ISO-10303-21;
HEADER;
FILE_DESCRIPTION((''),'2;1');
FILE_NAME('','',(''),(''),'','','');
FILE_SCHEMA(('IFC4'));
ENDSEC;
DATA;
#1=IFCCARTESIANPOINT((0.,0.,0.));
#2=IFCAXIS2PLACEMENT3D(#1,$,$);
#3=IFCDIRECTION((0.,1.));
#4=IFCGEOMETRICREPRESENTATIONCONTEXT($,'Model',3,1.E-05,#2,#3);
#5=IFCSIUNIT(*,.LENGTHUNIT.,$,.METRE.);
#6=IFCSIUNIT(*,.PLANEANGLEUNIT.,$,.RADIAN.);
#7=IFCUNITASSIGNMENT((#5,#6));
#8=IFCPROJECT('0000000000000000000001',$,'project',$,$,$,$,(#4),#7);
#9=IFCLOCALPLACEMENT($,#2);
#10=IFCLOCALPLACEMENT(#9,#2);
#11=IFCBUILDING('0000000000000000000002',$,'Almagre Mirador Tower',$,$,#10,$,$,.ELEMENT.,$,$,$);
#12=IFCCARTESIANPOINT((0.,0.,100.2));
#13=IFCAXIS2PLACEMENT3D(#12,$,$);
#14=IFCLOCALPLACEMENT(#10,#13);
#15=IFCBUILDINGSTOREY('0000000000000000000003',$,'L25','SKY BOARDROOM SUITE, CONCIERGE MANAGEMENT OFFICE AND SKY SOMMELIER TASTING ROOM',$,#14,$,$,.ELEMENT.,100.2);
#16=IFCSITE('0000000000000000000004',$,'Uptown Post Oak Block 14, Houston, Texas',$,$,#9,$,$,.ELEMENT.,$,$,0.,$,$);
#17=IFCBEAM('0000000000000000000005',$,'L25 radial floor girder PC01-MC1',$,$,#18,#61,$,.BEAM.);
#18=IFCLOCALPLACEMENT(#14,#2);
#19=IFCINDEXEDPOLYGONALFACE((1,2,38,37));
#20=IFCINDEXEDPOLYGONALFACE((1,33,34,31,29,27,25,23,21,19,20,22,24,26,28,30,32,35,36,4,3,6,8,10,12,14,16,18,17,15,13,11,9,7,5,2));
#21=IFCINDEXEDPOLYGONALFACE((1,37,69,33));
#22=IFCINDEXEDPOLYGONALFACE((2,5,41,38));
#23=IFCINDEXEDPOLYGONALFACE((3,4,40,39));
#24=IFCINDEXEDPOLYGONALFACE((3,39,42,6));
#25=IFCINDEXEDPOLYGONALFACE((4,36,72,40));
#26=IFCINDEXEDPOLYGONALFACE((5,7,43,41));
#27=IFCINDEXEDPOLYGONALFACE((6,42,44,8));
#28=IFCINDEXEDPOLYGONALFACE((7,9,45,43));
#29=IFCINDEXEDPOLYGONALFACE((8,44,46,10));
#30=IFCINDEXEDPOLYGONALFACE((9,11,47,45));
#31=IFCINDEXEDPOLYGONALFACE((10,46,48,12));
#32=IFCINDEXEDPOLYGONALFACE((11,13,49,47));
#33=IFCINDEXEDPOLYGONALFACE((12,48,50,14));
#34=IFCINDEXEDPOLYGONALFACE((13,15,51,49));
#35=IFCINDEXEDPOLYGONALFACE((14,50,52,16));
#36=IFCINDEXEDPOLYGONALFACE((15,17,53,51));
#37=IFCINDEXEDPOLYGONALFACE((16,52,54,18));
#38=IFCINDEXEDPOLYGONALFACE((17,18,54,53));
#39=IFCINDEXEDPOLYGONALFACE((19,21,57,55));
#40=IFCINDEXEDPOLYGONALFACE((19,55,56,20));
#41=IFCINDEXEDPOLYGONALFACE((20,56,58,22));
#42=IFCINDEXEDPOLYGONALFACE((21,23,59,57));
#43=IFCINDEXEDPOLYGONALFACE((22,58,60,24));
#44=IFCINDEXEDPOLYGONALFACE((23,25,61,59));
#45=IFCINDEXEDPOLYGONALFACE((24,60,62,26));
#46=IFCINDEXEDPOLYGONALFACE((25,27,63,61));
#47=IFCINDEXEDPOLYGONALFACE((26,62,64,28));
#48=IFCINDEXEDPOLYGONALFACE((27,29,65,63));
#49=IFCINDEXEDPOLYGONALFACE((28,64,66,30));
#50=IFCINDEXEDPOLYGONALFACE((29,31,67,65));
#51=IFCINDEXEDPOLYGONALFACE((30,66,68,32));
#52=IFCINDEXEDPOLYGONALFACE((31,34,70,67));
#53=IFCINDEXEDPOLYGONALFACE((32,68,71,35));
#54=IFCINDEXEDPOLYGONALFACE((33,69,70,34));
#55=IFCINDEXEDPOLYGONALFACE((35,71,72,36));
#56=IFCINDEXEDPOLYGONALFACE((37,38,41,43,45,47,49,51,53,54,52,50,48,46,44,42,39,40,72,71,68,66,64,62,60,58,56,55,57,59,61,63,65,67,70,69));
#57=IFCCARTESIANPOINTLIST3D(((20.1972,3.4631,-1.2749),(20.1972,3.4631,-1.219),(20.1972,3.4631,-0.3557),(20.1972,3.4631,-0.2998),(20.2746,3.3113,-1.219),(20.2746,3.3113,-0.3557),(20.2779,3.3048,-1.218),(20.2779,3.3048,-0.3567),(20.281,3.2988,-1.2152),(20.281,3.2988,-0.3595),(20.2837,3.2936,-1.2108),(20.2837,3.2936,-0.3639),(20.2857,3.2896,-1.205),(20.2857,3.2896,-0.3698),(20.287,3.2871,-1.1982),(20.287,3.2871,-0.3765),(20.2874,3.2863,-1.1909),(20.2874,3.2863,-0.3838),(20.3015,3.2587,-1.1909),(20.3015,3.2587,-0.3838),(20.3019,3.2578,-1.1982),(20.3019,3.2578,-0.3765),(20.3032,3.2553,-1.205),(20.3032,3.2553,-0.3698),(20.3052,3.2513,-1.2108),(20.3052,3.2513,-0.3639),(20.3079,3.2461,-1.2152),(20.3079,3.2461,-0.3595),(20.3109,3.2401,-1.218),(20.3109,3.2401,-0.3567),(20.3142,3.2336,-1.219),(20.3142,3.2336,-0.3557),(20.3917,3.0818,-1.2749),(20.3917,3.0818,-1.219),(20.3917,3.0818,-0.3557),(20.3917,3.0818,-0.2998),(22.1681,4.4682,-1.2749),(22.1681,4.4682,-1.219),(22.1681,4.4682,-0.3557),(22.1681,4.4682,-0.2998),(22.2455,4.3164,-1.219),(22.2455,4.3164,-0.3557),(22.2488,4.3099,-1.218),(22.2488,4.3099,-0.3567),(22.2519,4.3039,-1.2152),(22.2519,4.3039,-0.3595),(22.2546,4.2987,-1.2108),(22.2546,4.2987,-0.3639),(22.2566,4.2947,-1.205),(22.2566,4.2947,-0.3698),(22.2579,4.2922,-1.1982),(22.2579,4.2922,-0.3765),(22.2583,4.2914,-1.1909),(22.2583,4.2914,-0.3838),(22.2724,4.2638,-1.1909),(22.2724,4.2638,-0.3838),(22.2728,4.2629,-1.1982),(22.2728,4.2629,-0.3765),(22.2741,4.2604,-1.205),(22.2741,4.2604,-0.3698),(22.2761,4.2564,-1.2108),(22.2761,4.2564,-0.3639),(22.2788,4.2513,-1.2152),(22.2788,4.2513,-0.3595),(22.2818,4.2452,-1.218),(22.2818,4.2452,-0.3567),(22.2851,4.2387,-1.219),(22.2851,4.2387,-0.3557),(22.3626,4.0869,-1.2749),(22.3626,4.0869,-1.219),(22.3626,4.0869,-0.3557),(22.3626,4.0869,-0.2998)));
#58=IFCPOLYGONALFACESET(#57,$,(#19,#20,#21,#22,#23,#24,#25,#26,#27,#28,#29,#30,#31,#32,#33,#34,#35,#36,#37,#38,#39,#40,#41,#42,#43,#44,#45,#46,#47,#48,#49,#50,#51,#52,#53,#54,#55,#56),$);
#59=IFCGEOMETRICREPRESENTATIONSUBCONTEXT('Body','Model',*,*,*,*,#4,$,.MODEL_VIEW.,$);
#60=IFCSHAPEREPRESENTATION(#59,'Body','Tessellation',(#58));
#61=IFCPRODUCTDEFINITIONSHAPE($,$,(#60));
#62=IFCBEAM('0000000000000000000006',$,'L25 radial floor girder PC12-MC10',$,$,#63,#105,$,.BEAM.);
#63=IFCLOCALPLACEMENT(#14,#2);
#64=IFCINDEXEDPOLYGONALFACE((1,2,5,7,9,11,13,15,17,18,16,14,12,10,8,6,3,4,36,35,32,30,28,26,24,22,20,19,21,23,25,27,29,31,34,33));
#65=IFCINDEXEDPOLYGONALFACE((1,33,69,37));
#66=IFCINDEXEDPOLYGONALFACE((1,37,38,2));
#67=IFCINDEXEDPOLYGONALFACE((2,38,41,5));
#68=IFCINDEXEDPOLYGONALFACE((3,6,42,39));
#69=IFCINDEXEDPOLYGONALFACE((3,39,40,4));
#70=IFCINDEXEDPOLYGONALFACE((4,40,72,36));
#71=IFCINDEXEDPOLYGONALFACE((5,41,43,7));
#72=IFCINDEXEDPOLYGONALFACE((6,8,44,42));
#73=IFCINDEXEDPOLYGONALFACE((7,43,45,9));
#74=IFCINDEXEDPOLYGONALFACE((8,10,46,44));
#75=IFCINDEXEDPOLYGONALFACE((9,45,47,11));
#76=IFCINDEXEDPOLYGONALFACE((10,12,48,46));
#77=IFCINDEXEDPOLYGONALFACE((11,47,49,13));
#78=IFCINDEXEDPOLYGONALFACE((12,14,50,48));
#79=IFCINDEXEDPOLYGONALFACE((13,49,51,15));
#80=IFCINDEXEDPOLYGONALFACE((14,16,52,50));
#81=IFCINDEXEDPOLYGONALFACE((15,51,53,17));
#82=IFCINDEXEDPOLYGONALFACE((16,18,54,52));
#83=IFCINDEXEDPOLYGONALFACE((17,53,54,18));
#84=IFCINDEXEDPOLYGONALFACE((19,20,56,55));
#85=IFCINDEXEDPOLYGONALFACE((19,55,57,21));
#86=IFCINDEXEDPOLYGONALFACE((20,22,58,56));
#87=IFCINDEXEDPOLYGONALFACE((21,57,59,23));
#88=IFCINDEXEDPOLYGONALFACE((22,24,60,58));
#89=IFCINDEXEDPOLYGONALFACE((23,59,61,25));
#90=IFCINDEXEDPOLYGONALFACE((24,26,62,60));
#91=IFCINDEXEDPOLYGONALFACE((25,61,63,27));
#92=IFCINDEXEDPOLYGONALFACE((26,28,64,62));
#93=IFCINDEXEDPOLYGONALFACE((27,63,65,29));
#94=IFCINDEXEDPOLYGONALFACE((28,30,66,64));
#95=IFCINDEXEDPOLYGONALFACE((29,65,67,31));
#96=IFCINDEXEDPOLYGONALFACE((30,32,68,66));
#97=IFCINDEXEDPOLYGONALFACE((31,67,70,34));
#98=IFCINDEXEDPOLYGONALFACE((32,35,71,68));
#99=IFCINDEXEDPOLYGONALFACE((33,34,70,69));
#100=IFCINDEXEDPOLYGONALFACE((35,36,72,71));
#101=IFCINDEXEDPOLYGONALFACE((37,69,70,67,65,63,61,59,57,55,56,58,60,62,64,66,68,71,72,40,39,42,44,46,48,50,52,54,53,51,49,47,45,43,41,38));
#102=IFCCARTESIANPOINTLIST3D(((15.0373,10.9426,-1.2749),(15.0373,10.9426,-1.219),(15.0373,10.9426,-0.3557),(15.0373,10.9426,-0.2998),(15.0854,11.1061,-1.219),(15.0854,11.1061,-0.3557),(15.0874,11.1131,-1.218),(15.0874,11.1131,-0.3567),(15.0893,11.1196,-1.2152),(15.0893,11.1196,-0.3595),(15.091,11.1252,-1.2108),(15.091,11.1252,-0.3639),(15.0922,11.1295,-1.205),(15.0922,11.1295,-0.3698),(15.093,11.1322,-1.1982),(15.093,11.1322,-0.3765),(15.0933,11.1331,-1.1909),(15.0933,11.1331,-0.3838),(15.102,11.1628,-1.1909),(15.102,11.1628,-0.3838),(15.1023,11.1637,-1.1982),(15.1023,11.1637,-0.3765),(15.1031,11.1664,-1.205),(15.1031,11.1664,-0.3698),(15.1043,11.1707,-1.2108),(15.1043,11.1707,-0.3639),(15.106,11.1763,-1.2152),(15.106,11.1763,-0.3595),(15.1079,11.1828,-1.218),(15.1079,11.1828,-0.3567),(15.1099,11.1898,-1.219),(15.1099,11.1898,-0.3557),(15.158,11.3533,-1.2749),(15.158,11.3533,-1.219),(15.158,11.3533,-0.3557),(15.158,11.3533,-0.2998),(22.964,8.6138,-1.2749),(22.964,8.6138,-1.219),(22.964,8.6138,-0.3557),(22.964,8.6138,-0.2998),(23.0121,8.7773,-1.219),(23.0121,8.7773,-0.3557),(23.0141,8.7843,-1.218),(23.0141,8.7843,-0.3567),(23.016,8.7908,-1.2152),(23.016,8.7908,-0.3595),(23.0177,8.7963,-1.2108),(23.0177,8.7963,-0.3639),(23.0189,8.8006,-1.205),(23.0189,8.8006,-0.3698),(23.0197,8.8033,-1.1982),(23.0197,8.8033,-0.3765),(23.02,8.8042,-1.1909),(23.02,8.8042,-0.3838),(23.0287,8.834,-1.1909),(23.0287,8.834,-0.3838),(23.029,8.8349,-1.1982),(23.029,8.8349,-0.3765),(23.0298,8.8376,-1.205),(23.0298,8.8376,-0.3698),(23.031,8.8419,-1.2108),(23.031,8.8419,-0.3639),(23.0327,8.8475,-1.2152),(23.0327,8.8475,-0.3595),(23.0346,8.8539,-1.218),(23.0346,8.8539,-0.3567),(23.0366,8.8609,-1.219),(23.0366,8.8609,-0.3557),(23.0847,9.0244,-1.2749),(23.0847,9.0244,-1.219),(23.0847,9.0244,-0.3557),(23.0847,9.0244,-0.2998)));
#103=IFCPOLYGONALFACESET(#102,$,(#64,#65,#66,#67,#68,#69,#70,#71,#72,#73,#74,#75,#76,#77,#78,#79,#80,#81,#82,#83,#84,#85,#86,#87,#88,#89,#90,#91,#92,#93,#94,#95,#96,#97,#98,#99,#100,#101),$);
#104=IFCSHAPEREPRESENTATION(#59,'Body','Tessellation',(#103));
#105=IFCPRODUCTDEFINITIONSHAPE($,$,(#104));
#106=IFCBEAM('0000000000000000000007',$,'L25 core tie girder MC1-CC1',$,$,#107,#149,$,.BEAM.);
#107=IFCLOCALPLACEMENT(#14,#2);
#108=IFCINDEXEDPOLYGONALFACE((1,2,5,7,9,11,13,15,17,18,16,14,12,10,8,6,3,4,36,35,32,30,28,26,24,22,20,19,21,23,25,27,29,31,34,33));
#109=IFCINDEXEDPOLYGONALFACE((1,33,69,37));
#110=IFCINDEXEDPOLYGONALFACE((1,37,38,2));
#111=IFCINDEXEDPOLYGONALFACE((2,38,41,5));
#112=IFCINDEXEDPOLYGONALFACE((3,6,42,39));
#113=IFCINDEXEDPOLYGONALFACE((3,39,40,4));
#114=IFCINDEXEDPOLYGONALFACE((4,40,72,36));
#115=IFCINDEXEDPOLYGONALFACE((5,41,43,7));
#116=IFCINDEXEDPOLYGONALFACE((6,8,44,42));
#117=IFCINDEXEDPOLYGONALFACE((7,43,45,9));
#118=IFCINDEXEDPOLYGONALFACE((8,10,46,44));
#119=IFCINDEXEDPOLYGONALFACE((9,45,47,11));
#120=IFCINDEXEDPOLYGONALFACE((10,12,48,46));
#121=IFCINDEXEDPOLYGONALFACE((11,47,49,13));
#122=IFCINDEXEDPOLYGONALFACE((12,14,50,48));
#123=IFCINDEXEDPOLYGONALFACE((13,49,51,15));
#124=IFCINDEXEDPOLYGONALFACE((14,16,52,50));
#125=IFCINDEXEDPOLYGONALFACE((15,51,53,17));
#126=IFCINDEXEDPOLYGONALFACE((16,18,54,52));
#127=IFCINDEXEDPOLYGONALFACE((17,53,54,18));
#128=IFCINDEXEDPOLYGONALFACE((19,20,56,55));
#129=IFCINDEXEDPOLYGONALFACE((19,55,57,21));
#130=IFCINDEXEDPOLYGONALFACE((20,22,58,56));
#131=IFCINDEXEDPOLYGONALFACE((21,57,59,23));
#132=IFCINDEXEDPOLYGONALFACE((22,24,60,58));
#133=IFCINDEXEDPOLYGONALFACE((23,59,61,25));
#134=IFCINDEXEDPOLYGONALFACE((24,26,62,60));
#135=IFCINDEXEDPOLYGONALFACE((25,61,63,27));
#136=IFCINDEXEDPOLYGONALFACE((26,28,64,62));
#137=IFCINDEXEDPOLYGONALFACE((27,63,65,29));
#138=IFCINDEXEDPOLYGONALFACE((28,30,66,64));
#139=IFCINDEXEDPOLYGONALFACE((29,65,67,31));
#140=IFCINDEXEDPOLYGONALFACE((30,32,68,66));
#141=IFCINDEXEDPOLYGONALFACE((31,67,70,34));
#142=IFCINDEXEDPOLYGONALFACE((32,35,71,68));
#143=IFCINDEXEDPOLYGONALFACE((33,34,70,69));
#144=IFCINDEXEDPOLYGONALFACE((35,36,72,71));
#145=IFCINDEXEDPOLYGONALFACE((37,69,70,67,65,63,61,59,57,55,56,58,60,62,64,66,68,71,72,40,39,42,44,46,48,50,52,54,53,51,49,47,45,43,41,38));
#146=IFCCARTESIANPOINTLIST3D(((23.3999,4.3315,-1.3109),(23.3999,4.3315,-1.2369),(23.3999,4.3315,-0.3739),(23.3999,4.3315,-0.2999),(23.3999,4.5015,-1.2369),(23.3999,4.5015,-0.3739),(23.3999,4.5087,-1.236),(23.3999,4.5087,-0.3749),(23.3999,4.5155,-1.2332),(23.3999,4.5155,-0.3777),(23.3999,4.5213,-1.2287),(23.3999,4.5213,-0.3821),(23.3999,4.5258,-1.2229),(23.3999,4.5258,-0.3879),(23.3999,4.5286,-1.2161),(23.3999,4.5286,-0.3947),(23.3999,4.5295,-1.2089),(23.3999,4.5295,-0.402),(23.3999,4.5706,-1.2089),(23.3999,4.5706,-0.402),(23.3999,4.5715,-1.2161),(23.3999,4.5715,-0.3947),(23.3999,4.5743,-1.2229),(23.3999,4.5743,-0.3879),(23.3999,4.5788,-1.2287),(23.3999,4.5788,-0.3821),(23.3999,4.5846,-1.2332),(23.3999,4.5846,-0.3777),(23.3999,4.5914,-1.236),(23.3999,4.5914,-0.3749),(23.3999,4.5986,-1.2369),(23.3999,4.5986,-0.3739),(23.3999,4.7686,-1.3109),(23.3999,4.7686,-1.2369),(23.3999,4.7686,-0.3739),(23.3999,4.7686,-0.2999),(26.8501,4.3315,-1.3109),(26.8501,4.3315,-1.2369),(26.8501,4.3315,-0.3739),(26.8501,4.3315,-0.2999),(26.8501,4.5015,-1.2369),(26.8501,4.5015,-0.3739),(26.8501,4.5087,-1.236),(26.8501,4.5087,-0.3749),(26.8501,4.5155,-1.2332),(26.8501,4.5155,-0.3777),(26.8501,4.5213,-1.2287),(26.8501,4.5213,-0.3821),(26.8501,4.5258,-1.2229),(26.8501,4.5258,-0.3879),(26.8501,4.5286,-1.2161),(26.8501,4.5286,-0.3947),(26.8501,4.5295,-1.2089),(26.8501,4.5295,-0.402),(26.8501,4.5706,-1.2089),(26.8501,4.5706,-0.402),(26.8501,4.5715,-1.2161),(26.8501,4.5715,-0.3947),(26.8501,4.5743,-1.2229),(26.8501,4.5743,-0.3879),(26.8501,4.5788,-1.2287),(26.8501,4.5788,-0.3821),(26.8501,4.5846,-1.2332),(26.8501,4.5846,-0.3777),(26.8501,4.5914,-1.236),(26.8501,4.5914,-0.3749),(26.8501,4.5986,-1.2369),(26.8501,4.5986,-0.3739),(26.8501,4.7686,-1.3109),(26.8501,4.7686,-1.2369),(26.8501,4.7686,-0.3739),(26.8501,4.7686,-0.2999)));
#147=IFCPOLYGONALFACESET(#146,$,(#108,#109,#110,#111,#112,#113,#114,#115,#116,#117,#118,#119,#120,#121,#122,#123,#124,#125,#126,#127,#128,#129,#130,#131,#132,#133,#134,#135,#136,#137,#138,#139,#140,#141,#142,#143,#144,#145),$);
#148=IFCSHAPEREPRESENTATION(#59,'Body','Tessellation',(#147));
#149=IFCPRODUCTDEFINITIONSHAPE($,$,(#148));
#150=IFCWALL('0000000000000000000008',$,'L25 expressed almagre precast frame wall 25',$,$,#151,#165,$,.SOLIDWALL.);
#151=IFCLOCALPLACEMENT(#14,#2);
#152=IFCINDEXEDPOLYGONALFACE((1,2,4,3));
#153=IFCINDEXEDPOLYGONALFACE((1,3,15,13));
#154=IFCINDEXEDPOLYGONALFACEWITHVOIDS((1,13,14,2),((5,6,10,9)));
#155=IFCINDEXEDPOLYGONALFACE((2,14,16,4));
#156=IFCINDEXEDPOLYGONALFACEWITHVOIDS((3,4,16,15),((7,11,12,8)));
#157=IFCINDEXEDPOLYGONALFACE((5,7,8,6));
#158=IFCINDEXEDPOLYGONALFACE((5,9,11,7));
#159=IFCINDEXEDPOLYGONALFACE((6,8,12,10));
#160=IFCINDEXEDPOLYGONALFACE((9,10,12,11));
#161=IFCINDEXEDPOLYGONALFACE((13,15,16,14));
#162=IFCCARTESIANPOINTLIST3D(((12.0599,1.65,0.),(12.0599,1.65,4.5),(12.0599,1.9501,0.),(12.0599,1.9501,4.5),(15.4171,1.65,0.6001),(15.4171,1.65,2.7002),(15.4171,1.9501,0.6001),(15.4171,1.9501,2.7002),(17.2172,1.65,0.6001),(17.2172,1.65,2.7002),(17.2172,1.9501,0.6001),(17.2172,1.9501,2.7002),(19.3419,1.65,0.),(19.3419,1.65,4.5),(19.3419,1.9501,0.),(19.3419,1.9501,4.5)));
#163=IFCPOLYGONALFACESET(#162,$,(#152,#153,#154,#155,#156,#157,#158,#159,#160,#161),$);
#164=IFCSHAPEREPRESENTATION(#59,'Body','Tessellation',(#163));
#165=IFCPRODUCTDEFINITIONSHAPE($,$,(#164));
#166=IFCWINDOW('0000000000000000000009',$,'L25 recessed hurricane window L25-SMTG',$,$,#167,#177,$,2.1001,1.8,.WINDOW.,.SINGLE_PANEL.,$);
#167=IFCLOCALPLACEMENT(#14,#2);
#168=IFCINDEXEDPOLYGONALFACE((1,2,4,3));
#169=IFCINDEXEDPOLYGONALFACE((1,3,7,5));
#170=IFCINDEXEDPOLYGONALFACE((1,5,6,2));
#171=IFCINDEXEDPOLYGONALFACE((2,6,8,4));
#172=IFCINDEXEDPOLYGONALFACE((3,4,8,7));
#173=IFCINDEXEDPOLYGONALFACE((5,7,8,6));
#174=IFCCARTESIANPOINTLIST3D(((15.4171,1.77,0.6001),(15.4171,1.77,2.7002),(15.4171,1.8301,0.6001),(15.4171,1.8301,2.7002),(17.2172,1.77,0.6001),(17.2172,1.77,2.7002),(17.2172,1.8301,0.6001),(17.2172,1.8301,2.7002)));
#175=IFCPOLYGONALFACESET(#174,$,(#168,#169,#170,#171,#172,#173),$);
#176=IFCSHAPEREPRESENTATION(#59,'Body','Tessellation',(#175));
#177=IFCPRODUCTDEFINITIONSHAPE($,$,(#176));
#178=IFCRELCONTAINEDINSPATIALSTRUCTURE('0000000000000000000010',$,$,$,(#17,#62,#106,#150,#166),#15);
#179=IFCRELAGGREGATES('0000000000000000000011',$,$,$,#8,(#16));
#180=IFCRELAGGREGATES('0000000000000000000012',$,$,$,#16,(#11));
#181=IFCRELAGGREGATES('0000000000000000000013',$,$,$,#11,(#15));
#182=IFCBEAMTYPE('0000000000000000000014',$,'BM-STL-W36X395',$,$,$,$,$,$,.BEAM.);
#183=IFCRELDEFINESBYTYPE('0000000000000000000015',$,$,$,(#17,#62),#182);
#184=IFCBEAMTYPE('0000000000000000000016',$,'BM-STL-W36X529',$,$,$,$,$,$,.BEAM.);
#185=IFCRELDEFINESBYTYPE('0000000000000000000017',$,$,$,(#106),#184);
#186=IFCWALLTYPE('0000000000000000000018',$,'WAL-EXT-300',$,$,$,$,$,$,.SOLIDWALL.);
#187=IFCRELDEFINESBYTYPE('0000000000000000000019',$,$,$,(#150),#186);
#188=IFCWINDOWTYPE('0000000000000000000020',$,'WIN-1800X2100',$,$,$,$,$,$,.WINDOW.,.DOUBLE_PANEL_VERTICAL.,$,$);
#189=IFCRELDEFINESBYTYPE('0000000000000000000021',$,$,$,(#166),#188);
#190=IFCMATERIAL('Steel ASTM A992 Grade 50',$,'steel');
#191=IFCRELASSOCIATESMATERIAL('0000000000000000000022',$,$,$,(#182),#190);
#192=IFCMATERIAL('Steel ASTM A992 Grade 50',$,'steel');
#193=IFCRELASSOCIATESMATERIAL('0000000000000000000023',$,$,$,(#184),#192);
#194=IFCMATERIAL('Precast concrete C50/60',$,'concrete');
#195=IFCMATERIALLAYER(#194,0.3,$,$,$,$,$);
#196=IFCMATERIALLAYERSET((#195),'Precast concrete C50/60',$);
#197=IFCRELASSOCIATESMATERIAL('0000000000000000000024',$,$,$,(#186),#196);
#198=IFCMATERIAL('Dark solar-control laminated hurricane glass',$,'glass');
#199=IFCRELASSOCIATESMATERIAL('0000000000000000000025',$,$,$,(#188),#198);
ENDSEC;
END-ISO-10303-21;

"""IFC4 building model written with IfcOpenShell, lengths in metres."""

from ifc_helpers import new_model, si_unit, direction, frame, frame_2d, origin, origin_2d, place, context, subcontext, project, spatial, rectangle, i_section, extrude, material, layer, layer_set, material_profile, profile_set, type_object, element, fill, save


model = new_model("IFC4")

# Units and contexts
model_context = context("Model", 3, precision=1e-05, world=origin(), true_north=direction((0.0, 1.0)))
body_context = subcontext(model_context, "Body", "Model", "MODEL_VIEW")
ifc_project = project(units=[si_unit("LENGTHUNIT", "METRE"), si_unit("PLANEANGLEUNIT", "RADIAN")], contexts=[model_context])

# Site, building, storey
site_placement = place(None, origin())
site = spatial("IfcSite", under=ifc_project, at=site_placement, Name="Uptown Post Oak Block 14, Houston, Texas", CompositionType="ELEMENT", RefElevation=0.0)
building_placement = place(site_placement, origin())
building = spatial("IfcBuilding", under=site, at=building_placement, Name="Almagre Mirador Tower", CompositionType="ELEMENT")
storey_placement = place(building_placement, frame((0.0, 0.0, 100.2)))
storey = spatial("IfcBuildingStorey", under=building, at=storey_placement, Name="L25", Description="SKY BOARDROOM SUITE, CONCIERGE MANAGEMENT OFFICE AND SKY SOMMELIER TASTING ROOM", CompositionType="ELEMENT", Elevation=100.2)

# Beams
ifc_material_1 = material(Name="Steel ASTM A992 Grade 50", Category="steel")
ifc_material_profile_1 = material_profile(ifc_material_1, i_section(OverallWidth=0.428, OverallDepth=0.9751, WebThickness=0.031, FlangeThickness=0.0559, FilletRadius=0.0281, at=origin_2d()), Name="W36X395")
ifc_profile_set_1 = profile_set([ifc_material_profile_1], Name="Steel ASTM A992 Grade 50")
beam_type_1 = type_object("IfcBeamType", Name="BM-STL-W36X395", PredefinedType="BEAM", material=ifc_profile_set_1)
beam_1_placement = place(storey_placement, frame((20.2944, 3.2725, -0.7874), z_axis=(0.890846, 0.454306, 0.0), x_axis=(-0.454306, 0.890846, 0.0)))
element("IfcBeam", 1, at=beam_1_placement, inside=storey, type_object=beam_type_1, Name="L25 radial floor girder PC01-MC1", PredefinedType="BEAM", context=body_context, shape_type="SweptSolid", body=[
    extrude(i_section(OverallWidth=0.428, OverallDepth=0.9751, WebThickness=0.031, FlangeThickness=0.0559, FilletRadius=0.0281, at=origin_2d()), origin(), (0.0, 0.0, 1.0), 2.2124),
])
beam_2_placement = place(storey_placement, frame((15.0977, 11.1479, -0.7874), z_axis=(0.959449, -0.281883, 0.0), x_axis=(0.281883, 0.959449, 0.0)))
element("IfcBeam", 2, at=beam_2_placement, inside=storey, type_object=beam_type_1, Name="L25 radial floor girder PC12-MC10", PredefinedType="BEAM", context=body_context, shape_type="SweptSolid", body=[
    extrude(i_section(OverallWidth=0.428, OverallDepth=0.9751, WebThickness=0.031, FlangeThickness=0.0559, FilletRadius=0.0281, at=origin_2d()), origin(), (0.0, 0.0, 1.0), 8.2617),
])
ifc_material_2 = material(Name="Steel ASTM A992 Grade 50", Category="steel")
ifc_material_profile_2 = material_profile(ifc_material_2, i_section(OverallWidth=0.437, OverallDepth=1.011, WebThickness=0.041, FlangeThickness=0.074, FilletRadius=0.0281, at=origin_2d()), Name="W36X529")
ifc_profile_set_2 = profile_set([ifc_material_profile_2], Name="Steel ASTM A992 Grade 50")
beam_type_2 = type_object("IfcBeamType", Name="BM-STL-W36X529", PredefinedType="BEAM", material=ifc_profile_set_2)
beam_3_placement = place(storey_placement, frame((23.3999, 4.55, -0.8054), z_axis=(1.0, 0.0, 0.0), x_axis=(0.0, 1.0, 0.0)))
element("IfcBeam", 3, at=beam_3_placement, inside=storey, type_object=beam_type_2, Name="L25 core tie girder MC1-CC1", PredefinedType="BEAM", context=body_context, shape_type="SweptSolid", body=[
    extrude(i_section(OverallWidth=0.437, OverallDepth=1.011, WebThickness=0.041, FlangeThickness=0.074, FilletRadius=0.0281, at=origin_2d()), origin(), (0.0, 0.0, 1.0), 3.4502),
])

# Wall, opening, window
ifc_material_3 = material(Name="Precast concrete C50/60", Category="concrete")
ifc_layer_1 = layer(ifc_material_3, 0.3)
ifc_layer_set_1 = layer_set([ifc_layer_1], Name="Precast concrete C50/60")
wall_type_1 = type_object("IfcWallType", Name="WAL-EXT-300", PredefinedType="SOLIDWALL", material=ifc_layer_set_1)
wall_1_placement = place(storey_placement, frame((19.342, 1.8, 0.0), z_axis=(0.0, 0.0, 1.0), x_axis=(-1.0, 0.0, 0.0)))
wall_1 = element("IfcWall", 4, at=wall_1_placement, inside=storey, type_object=wall_type_1, Name="L25 expressed almagre precast frame wall 25", PredefinedType="SOLIDWALL", context=body_context, shape_type="SweptSolid", body=[
    extrude(rectangle(XDim=7.282, YDim=0.3, at=frame_2d((3.6411, 0.0))), origin(), (0.0, 0.0, 1.0), 4.5),
])
opening_1_placement = place(wall_1_placement, frame((2.125, 0.0, 0.6001)))
opening_1 = element("IfcOpeningElement", 5, at=opening_1_placement, cuts=wall_1, PredefinedType="OPENING", context=body_context, shape_type="SweptSolid", body=[
    extrude(rectangle(XDim=1.8, YDim=2.1001, at=frame_2d((0.8999, 1.05))), frame((0.0, 0.1599, 0.0), z_axis=(0.0, -1.0, 0.0), x_axis=(1.0, 0.0, 0.0)), (0.0, 0.0, 1.0), 0.32),
])
ifc_material_4 = material(Name="Dark solar-control laminated hurricane glass", Category="glass")
window_type = type_object("IfcWindowType", Name="WIN-1800X2100", PartitioningType="DOUBLE_PANEL_VERTICAL", PredefinedType="WINDOW", material=ifc_material_4)
window_placement = place(opening_1_placement, origin())
window = element("IfcWindow", 6, at=window_placement, inside=storey, type_object=window_type, Name="L25 recessed hurricane window L25-SMTG", OverallHeight=2.1001, OverallWidth=1.8, PartitioningType="SINGLE_PANEL", PredefinedType="WINDOW", context=body_context, shape_type="SweptSolid", body=[
    extrude(rectangle(XDim=1.8, YDim=2.1001, at=frame_2d((0.8999, 1.05))), frame((0.0, 0.03, 0.0), z_axis=(0.0, -1.0, 0.0), x_axis=(1.0, 0.0, 0.0)), (0.0, 0.0, 1.0), 0.0601),
])
fill(opening_1, window)

save(model, "model.ifc")
